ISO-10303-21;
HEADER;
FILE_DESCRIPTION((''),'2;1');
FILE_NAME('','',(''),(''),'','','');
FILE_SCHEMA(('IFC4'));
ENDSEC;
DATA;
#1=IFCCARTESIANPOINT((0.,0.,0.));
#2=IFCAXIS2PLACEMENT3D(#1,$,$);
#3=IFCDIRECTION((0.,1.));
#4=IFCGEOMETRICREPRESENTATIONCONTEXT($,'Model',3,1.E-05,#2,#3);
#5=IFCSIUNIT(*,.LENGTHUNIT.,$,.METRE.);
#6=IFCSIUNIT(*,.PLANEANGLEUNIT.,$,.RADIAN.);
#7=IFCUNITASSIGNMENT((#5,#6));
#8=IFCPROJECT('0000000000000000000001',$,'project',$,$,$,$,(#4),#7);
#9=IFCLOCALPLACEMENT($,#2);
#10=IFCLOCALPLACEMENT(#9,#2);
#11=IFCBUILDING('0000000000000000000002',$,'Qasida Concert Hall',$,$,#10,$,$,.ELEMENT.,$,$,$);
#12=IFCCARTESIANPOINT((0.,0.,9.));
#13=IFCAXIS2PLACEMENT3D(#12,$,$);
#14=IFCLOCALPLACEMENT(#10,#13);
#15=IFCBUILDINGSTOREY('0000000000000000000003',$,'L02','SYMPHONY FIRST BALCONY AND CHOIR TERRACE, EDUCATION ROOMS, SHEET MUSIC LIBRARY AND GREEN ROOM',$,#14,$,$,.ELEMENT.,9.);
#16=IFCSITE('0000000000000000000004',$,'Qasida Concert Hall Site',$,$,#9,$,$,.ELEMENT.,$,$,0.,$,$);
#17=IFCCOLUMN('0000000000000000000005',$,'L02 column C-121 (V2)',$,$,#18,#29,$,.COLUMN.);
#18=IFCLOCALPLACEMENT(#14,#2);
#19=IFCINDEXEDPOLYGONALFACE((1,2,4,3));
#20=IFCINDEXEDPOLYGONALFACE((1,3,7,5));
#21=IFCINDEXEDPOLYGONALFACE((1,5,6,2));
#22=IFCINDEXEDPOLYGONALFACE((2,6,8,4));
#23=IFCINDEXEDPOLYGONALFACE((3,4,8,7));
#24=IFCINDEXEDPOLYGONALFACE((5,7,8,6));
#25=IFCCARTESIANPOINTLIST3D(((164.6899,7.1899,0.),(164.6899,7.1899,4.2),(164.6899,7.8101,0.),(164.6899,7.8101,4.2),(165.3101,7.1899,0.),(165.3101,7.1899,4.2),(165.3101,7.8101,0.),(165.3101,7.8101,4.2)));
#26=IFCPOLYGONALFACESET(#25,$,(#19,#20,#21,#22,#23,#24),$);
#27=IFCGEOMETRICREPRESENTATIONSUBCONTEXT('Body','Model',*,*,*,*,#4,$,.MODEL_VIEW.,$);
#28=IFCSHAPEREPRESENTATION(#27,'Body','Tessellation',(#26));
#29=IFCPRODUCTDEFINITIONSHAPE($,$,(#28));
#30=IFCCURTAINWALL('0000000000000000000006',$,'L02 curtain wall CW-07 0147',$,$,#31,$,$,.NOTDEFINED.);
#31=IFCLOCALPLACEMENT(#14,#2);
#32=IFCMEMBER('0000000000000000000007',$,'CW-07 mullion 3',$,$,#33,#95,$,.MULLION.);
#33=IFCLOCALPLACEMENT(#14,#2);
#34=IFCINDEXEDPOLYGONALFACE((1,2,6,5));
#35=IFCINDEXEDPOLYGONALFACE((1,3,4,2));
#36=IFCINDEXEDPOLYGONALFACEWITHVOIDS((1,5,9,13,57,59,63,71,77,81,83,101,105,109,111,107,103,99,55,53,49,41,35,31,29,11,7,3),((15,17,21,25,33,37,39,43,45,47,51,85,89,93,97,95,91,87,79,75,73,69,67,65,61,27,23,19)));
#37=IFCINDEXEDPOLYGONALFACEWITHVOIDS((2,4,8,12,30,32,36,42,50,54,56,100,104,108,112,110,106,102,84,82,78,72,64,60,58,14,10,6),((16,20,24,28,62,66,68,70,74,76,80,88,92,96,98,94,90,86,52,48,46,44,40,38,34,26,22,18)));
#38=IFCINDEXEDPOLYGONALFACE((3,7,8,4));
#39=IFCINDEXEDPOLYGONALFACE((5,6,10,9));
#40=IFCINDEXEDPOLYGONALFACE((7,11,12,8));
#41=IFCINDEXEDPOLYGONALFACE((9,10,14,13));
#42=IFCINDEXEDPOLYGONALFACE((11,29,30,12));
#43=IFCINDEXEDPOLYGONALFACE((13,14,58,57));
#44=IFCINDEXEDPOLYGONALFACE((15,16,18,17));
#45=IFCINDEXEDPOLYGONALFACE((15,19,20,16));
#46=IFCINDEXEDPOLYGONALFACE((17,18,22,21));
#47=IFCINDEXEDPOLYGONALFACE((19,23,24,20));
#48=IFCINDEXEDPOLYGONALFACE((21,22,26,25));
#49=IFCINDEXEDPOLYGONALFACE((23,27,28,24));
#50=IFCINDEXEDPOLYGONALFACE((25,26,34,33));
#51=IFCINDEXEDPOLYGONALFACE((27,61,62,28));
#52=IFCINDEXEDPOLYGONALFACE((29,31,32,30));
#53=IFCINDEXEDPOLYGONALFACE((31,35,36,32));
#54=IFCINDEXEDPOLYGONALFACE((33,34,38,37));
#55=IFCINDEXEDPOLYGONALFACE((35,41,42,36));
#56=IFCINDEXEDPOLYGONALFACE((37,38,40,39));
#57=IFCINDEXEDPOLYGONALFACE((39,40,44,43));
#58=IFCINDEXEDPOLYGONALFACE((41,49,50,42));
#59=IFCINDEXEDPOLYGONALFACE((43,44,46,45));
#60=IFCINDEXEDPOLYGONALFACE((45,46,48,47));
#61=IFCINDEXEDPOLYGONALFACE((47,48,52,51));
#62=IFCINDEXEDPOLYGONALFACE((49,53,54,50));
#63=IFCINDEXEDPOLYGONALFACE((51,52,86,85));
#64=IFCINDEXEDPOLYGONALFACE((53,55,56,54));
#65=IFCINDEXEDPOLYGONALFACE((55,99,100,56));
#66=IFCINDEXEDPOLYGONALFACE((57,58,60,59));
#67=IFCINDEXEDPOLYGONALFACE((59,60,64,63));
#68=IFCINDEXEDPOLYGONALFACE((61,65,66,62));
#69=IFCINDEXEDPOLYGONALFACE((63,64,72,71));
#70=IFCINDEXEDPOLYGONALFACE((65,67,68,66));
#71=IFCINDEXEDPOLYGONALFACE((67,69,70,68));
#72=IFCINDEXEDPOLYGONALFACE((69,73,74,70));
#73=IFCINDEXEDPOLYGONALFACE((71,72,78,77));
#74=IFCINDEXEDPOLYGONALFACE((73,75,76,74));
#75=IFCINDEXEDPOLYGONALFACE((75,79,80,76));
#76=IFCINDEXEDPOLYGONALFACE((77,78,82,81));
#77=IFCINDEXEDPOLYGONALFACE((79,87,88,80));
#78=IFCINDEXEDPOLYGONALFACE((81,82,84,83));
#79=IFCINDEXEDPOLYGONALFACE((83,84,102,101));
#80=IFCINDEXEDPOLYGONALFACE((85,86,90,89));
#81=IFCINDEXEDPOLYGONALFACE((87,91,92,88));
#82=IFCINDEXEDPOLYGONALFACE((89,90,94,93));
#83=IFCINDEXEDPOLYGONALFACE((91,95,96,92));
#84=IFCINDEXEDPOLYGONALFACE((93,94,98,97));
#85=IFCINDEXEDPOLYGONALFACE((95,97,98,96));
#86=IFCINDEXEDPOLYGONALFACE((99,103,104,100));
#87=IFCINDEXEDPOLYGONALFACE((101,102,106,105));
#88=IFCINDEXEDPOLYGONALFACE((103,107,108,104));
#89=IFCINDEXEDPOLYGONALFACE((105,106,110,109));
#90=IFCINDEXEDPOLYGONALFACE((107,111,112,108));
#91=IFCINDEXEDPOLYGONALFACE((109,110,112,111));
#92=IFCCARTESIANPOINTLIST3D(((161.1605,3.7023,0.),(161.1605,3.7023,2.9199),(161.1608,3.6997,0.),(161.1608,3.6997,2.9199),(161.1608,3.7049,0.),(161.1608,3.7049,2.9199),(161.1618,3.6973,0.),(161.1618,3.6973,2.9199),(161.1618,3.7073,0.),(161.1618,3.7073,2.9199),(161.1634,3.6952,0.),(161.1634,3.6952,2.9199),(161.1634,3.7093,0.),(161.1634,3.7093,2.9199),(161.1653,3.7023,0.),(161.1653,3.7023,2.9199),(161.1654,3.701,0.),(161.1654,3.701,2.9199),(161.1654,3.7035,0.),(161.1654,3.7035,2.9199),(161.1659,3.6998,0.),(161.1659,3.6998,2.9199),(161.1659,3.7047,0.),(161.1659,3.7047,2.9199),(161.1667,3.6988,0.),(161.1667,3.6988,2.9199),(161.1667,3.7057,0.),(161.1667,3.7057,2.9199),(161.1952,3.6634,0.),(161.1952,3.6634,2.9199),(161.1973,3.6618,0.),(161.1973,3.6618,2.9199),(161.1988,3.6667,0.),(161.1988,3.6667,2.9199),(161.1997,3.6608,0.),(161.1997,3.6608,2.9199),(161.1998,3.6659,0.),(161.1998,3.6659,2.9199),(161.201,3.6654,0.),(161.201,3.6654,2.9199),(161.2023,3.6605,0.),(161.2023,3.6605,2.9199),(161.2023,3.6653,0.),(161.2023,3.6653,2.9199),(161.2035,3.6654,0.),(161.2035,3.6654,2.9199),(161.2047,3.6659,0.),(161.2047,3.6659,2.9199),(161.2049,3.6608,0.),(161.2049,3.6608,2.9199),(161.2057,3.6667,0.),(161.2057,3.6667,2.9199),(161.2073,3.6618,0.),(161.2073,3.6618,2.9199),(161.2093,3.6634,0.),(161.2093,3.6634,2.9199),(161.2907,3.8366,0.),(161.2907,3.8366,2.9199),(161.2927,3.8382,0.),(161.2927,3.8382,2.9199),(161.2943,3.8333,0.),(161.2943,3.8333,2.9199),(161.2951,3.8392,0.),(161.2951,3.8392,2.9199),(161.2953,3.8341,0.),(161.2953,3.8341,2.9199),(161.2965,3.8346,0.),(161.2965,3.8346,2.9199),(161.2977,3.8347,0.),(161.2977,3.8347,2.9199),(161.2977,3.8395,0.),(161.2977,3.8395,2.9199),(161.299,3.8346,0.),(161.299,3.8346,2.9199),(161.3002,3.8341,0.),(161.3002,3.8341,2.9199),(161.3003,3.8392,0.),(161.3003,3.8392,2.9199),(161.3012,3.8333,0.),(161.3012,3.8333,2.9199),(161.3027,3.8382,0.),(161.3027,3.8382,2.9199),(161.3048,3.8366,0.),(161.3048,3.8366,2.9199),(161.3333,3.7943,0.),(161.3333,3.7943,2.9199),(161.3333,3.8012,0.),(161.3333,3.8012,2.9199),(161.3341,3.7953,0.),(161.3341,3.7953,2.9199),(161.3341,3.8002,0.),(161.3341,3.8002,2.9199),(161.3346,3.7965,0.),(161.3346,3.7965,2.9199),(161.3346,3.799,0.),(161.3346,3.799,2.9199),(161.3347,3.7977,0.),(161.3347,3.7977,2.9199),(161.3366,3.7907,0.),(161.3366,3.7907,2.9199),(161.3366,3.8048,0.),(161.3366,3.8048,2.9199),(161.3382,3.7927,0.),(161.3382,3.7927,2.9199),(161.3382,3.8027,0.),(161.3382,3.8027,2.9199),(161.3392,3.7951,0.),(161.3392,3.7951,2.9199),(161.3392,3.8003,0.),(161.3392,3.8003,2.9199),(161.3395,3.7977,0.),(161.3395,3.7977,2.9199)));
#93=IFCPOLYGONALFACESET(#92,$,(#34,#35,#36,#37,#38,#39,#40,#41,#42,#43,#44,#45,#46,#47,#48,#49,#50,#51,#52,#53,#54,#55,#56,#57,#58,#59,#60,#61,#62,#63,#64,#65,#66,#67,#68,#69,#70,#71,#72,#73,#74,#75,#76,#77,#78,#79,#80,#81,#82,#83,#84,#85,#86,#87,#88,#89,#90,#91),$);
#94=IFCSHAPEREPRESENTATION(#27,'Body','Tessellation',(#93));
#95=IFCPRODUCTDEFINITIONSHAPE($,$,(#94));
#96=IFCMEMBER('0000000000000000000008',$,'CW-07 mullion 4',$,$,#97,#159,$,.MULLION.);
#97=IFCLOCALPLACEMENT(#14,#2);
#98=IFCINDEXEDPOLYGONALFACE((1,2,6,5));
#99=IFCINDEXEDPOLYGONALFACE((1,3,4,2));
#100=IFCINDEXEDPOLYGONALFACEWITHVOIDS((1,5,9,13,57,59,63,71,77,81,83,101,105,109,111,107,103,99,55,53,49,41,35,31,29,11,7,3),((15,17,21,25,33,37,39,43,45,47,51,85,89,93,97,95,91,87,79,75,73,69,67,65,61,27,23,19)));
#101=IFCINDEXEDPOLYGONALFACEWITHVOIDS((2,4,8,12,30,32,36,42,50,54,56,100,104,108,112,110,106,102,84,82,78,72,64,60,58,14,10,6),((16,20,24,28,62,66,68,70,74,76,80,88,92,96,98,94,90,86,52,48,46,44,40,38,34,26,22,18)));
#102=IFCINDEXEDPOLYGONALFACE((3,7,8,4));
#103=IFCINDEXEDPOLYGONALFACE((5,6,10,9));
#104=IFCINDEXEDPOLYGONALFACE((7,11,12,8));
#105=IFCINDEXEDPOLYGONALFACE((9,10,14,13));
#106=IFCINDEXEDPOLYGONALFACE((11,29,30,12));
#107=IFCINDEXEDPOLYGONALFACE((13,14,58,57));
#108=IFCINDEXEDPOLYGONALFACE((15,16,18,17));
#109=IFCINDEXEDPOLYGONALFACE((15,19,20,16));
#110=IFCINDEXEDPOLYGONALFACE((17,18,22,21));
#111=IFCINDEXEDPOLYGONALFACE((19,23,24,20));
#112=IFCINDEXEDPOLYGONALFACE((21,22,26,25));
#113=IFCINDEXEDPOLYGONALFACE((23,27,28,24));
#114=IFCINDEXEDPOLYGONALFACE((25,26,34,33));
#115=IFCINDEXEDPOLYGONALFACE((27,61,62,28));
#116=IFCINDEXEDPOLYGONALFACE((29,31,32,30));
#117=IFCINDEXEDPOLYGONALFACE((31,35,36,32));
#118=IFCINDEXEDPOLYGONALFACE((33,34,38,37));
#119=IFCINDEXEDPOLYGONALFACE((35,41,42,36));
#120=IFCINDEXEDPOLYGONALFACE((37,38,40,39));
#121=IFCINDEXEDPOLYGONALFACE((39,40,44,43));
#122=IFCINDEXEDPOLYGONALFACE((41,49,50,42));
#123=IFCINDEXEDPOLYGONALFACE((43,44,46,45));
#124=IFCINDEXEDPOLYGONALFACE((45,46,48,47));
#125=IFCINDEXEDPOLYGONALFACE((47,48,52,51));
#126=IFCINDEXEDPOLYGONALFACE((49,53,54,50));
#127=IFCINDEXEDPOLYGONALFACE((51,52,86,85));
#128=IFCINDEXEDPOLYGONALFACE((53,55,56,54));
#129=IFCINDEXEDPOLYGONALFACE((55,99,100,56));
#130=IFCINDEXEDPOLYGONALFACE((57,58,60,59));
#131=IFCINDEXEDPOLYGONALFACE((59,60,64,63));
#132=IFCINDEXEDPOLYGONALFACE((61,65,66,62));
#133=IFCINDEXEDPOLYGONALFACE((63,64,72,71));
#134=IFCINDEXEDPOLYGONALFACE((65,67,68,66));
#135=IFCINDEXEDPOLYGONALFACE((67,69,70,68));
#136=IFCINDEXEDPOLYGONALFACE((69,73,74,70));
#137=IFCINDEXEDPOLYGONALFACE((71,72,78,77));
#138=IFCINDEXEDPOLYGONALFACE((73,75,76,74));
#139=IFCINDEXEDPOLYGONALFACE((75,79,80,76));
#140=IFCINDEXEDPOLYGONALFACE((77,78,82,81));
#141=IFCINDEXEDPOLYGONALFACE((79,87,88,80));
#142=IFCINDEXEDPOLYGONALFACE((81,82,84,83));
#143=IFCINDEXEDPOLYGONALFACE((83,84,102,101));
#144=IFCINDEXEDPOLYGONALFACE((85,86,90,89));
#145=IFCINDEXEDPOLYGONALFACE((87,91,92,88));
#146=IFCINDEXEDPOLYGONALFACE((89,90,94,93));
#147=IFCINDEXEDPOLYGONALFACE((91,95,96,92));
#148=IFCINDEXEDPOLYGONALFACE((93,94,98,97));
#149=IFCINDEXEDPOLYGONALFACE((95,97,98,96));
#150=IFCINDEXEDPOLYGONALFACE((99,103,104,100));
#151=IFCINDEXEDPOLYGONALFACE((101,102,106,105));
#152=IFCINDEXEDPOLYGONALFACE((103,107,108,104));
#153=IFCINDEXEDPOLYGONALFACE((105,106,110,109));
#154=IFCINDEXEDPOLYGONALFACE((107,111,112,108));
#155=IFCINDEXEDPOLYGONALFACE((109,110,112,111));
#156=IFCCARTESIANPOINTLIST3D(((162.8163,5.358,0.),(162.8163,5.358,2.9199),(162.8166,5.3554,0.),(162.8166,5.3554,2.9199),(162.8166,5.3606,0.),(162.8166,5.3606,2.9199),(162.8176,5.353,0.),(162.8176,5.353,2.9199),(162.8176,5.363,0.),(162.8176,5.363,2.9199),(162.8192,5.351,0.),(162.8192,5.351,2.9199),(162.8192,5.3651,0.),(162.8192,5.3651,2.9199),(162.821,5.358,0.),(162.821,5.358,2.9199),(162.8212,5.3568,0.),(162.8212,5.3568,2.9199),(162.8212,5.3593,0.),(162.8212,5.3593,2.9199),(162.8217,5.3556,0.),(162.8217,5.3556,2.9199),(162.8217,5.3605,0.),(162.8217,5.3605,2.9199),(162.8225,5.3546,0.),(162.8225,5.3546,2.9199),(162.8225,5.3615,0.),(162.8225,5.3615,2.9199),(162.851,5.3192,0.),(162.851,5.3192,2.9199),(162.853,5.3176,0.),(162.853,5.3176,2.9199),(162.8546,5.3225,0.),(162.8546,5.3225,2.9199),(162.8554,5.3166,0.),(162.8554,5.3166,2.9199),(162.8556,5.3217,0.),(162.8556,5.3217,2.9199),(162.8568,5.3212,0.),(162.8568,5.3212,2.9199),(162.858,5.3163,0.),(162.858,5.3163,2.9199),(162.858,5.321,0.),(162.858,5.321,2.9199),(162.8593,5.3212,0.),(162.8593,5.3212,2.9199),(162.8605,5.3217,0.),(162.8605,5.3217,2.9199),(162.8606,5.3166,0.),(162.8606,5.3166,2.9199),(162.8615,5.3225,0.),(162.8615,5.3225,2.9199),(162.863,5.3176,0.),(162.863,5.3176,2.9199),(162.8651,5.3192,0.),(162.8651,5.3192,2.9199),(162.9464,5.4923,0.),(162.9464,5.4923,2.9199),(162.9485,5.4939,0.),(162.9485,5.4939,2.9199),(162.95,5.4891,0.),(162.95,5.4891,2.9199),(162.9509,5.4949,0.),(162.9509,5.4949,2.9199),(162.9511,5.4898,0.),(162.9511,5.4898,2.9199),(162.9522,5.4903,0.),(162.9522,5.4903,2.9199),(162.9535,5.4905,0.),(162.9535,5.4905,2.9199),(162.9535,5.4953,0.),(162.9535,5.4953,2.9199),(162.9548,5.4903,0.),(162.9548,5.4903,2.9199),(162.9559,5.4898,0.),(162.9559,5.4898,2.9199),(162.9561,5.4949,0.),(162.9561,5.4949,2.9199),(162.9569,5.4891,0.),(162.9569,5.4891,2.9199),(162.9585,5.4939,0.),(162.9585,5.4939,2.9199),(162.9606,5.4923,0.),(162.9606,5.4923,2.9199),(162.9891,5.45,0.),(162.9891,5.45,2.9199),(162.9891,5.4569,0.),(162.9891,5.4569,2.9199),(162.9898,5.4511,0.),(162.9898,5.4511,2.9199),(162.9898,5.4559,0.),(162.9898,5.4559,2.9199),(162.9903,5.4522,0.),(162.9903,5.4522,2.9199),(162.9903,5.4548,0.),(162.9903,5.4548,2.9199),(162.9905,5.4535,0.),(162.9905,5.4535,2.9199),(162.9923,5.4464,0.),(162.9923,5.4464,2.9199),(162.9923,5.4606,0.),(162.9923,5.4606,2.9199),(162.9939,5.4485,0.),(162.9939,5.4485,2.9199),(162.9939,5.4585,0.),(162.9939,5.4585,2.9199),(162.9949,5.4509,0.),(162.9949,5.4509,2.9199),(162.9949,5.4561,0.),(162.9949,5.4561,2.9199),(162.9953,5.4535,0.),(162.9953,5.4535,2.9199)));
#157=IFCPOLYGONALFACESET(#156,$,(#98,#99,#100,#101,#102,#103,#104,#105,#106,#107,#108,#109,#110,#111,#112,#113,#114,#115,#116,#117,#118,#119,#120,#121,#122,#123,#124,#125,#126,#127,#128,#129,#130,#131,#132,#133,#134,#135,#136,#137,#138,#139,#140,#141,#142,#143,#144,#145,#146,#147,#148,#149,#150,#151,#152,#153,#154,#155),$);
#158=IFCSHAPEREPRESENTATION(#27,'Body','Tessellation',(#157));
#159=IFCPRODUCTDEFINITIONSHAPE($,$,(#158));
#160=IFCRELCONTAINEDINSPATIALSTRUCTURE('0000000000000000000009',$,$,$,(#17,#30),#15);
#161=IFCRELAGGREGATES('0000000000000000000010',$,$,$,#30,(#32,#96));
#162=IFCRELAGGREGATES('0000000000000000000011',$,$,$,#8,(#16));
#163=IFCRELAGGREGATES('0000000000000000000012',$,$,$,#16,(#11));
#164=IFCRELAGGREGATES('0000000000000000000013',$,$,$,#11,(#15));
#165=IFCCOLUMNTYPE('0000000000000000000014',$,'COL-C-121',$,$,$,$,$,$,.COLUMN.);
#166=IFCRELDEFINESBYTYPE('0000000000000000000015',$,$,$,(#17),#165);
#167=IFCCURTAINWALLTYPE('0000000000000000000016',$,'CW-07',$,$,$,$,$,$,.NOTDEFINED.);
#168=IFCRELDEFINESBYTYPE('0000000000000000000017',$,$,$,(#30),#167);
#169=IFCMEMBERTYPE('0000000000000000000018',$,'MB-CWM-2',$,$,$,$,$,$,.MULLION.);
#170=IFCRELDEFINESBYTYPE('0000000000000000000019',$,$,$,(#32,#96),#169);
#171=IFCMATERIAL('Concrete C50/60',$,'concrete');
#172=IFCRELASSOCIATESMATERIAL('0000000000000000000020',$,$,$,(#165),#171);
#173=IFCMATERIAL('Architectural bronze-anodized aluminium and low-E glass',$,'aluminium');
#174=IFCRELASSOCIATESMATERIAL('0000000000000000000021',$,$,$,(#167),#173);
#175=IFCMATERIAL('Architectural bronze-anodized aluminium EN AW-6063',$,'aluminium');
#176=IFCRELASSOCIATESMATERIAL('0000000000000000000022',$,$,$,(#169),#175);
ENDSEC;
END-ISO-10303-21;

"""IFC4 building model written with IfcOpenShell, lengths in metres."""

from ifc_helpers import new_model, si_unit, direction, frame, origin, origin_2d, place, context, subcontext, project, spatial, rectangle, hollow_rectangle, extrude, material, material_profile, profile_set, type_object, element, aggregate, save


model = new_model("IFC4")

# Units and contexts
model_context = context("Model", 3, precision=1e-05, world=origin(), true_north=direction((0.0, 1.0)))
body_context = subcontext(model_context, "Body", "Model", "MODEL_VIEW")
ifc_project = project(units=[si_unit("LENGTHUNIT", "METRE"), si_unit("PLANEANGLEUNIT", "RADIAN")], contexts=[model_context])

# Site, building, storey
site_placement = place(None, origin())
site = spatial("IfcSite", under=ifc_project, at=site_placement, Name="Qasida Concert Hall Site", CompositionType="ELEMENT", RefElevation=0.0)
building_placement = place(site_placement, origin())
building = spatial("IfcBuilding", under=site, at=building_placement, Name="Qasida Concert Hall", CompositionType="ELEMENT")
storey_placement = place(building_placement, frame((0.0, 0.0, 9.0)))
storey = spatial("IfcBuildingStorey", under=building, at=storey_placement, Name="L02", Description="SYMPHONY FIRST BALCONY AND CHOIR TERRACE, EDUCATION ROOMS, SHEET MUSIC LIBRARY AND GREEN ROOM", CompositionType="ELEMENT", Elevation=9.0)

# Column
ifc_material_1 = material(Name="Concrete C50/60", Category="concrete")
ifc_material_profile_1 = material_profile(ifc_material_1, rectangle(XDim=0.6201, YDim=0.6201, at=origin_2d()), Name="RC 620x620")
ifc_profile_set_1 = profile_set([ifc_material_profile_1], Name="Concrete C50/60")
column_type = type_object("IfcColumnType", Name="COL-C-121", PredefinedType="COLUMN", material=ifc_profile_set_1)
column_placement = place(storey_placement, frame((165.0, 7.5, 0.0), z_axis=(0.0, 0.0, 1.0), x_axis=(1.0, 0.0, 0.0)))
element("IfcColumn", 1, at=column_placement, inside=storey, type_object=column_type, Name="L02 column C-121 (V2)", PredefinedType="COLUMN", context=body_context, shape_type="SweptSolid", body=[
    extrude(rectangle(XDim=0.6201, YDim=0.6201, at=origin_2d()), origin(), (0.0, 0.0, 1.0), 4.2),
])

# Curtain wall, members
ifc_material_2 = material(Name="Architectural bronze-anodized aluminium and low-E glass", Category="aluminium")
curtain_wall_type = type_object("IfcCurtainWallType", Name="CW-07", PredefinedType="NOTDEFINED", material=ifc_material_2)
curtain_wall_placement = place(storey_placement, origin())
curtain_wall = element("IfcCurtainWall", 2, at=curtain_wall_placement, inside=storey, type_object=curtain_wall_type, Name="L02 curtain wall CW-07 0147", PredefinedType="NOTDEFINED")
ifc_material_3 = material(Name="Architectural bronze-anodized aluminium EN AW-6063", Category="aluminium")
ifc_material_profile_2 = material_profile(ifc_material_3, hollow_rectangle(XDim=0.0649, YDim=0.2, WallThickness=0.0049, InnerFilletRadius=0.0049, OuterFilletRadius=0.01, at=origin_2d()), Name="CWM 200x65x5")
ifc_profile_set_2 = profile_set([ifc_material_profile_2], Name="Architectural bronze-anodized aluminium EN AW-6063")
member_type_1 = type_object("IfcMemberType", Name="MB-CWM-2", PredefinedType="MULLION", material=ifc_profile_set_2)
member_1_placement = place(storey_placement, frame((161.25, 3.75, 0.0), z_axis=(0.0, 0.0, 1.0), x_axis=(-0.707107, 0.707107, 0.0)))
member_1 = element("IfcMember", 3, at=member_1_placement, type_object=member_type_1, Name="CW-07 mullion 3", PredefinedType="MULLION", context=body_context, shape_type="SweptSolid", body=[
    extrude(hollow_rectangle(XDim=0.0649, YDim=0.2, WallThickness=0.0049, InnerFilletRadius=0.0049, OuterFilletRadius=0.01, at=origin_2d()), origin(), (0.0, 0.0, 1.0), 2.9199),
])
member_2_placement = place(storey_placement, frame((162.9058, 5.4058, 0.0), z_axis=(0.0, 0.0, 1.0), x_axis=(-0.707107, 0.707107, 0.0)))
member_2 = element("IfcMember", 4, at=member_2_placement, type_object=member_type_1, Name="CW-07 mullion 4", PredefinedType="MULLION", context=body_context, shape_type="SweptSolid", body=[
    extrude(hollow_rectangle(XDim=0.0649, YDim=0.2, WallThickness=0.0049, InnerFilletRadius=0.0049, OuterFilletRadius=0.01, at=origin_2d()), origin(), (0.0, 0.0, 1.0), 2.9199),
])
aggregate(curtain_wall, [member_1, member_2])

save(model, "model.ifc")
